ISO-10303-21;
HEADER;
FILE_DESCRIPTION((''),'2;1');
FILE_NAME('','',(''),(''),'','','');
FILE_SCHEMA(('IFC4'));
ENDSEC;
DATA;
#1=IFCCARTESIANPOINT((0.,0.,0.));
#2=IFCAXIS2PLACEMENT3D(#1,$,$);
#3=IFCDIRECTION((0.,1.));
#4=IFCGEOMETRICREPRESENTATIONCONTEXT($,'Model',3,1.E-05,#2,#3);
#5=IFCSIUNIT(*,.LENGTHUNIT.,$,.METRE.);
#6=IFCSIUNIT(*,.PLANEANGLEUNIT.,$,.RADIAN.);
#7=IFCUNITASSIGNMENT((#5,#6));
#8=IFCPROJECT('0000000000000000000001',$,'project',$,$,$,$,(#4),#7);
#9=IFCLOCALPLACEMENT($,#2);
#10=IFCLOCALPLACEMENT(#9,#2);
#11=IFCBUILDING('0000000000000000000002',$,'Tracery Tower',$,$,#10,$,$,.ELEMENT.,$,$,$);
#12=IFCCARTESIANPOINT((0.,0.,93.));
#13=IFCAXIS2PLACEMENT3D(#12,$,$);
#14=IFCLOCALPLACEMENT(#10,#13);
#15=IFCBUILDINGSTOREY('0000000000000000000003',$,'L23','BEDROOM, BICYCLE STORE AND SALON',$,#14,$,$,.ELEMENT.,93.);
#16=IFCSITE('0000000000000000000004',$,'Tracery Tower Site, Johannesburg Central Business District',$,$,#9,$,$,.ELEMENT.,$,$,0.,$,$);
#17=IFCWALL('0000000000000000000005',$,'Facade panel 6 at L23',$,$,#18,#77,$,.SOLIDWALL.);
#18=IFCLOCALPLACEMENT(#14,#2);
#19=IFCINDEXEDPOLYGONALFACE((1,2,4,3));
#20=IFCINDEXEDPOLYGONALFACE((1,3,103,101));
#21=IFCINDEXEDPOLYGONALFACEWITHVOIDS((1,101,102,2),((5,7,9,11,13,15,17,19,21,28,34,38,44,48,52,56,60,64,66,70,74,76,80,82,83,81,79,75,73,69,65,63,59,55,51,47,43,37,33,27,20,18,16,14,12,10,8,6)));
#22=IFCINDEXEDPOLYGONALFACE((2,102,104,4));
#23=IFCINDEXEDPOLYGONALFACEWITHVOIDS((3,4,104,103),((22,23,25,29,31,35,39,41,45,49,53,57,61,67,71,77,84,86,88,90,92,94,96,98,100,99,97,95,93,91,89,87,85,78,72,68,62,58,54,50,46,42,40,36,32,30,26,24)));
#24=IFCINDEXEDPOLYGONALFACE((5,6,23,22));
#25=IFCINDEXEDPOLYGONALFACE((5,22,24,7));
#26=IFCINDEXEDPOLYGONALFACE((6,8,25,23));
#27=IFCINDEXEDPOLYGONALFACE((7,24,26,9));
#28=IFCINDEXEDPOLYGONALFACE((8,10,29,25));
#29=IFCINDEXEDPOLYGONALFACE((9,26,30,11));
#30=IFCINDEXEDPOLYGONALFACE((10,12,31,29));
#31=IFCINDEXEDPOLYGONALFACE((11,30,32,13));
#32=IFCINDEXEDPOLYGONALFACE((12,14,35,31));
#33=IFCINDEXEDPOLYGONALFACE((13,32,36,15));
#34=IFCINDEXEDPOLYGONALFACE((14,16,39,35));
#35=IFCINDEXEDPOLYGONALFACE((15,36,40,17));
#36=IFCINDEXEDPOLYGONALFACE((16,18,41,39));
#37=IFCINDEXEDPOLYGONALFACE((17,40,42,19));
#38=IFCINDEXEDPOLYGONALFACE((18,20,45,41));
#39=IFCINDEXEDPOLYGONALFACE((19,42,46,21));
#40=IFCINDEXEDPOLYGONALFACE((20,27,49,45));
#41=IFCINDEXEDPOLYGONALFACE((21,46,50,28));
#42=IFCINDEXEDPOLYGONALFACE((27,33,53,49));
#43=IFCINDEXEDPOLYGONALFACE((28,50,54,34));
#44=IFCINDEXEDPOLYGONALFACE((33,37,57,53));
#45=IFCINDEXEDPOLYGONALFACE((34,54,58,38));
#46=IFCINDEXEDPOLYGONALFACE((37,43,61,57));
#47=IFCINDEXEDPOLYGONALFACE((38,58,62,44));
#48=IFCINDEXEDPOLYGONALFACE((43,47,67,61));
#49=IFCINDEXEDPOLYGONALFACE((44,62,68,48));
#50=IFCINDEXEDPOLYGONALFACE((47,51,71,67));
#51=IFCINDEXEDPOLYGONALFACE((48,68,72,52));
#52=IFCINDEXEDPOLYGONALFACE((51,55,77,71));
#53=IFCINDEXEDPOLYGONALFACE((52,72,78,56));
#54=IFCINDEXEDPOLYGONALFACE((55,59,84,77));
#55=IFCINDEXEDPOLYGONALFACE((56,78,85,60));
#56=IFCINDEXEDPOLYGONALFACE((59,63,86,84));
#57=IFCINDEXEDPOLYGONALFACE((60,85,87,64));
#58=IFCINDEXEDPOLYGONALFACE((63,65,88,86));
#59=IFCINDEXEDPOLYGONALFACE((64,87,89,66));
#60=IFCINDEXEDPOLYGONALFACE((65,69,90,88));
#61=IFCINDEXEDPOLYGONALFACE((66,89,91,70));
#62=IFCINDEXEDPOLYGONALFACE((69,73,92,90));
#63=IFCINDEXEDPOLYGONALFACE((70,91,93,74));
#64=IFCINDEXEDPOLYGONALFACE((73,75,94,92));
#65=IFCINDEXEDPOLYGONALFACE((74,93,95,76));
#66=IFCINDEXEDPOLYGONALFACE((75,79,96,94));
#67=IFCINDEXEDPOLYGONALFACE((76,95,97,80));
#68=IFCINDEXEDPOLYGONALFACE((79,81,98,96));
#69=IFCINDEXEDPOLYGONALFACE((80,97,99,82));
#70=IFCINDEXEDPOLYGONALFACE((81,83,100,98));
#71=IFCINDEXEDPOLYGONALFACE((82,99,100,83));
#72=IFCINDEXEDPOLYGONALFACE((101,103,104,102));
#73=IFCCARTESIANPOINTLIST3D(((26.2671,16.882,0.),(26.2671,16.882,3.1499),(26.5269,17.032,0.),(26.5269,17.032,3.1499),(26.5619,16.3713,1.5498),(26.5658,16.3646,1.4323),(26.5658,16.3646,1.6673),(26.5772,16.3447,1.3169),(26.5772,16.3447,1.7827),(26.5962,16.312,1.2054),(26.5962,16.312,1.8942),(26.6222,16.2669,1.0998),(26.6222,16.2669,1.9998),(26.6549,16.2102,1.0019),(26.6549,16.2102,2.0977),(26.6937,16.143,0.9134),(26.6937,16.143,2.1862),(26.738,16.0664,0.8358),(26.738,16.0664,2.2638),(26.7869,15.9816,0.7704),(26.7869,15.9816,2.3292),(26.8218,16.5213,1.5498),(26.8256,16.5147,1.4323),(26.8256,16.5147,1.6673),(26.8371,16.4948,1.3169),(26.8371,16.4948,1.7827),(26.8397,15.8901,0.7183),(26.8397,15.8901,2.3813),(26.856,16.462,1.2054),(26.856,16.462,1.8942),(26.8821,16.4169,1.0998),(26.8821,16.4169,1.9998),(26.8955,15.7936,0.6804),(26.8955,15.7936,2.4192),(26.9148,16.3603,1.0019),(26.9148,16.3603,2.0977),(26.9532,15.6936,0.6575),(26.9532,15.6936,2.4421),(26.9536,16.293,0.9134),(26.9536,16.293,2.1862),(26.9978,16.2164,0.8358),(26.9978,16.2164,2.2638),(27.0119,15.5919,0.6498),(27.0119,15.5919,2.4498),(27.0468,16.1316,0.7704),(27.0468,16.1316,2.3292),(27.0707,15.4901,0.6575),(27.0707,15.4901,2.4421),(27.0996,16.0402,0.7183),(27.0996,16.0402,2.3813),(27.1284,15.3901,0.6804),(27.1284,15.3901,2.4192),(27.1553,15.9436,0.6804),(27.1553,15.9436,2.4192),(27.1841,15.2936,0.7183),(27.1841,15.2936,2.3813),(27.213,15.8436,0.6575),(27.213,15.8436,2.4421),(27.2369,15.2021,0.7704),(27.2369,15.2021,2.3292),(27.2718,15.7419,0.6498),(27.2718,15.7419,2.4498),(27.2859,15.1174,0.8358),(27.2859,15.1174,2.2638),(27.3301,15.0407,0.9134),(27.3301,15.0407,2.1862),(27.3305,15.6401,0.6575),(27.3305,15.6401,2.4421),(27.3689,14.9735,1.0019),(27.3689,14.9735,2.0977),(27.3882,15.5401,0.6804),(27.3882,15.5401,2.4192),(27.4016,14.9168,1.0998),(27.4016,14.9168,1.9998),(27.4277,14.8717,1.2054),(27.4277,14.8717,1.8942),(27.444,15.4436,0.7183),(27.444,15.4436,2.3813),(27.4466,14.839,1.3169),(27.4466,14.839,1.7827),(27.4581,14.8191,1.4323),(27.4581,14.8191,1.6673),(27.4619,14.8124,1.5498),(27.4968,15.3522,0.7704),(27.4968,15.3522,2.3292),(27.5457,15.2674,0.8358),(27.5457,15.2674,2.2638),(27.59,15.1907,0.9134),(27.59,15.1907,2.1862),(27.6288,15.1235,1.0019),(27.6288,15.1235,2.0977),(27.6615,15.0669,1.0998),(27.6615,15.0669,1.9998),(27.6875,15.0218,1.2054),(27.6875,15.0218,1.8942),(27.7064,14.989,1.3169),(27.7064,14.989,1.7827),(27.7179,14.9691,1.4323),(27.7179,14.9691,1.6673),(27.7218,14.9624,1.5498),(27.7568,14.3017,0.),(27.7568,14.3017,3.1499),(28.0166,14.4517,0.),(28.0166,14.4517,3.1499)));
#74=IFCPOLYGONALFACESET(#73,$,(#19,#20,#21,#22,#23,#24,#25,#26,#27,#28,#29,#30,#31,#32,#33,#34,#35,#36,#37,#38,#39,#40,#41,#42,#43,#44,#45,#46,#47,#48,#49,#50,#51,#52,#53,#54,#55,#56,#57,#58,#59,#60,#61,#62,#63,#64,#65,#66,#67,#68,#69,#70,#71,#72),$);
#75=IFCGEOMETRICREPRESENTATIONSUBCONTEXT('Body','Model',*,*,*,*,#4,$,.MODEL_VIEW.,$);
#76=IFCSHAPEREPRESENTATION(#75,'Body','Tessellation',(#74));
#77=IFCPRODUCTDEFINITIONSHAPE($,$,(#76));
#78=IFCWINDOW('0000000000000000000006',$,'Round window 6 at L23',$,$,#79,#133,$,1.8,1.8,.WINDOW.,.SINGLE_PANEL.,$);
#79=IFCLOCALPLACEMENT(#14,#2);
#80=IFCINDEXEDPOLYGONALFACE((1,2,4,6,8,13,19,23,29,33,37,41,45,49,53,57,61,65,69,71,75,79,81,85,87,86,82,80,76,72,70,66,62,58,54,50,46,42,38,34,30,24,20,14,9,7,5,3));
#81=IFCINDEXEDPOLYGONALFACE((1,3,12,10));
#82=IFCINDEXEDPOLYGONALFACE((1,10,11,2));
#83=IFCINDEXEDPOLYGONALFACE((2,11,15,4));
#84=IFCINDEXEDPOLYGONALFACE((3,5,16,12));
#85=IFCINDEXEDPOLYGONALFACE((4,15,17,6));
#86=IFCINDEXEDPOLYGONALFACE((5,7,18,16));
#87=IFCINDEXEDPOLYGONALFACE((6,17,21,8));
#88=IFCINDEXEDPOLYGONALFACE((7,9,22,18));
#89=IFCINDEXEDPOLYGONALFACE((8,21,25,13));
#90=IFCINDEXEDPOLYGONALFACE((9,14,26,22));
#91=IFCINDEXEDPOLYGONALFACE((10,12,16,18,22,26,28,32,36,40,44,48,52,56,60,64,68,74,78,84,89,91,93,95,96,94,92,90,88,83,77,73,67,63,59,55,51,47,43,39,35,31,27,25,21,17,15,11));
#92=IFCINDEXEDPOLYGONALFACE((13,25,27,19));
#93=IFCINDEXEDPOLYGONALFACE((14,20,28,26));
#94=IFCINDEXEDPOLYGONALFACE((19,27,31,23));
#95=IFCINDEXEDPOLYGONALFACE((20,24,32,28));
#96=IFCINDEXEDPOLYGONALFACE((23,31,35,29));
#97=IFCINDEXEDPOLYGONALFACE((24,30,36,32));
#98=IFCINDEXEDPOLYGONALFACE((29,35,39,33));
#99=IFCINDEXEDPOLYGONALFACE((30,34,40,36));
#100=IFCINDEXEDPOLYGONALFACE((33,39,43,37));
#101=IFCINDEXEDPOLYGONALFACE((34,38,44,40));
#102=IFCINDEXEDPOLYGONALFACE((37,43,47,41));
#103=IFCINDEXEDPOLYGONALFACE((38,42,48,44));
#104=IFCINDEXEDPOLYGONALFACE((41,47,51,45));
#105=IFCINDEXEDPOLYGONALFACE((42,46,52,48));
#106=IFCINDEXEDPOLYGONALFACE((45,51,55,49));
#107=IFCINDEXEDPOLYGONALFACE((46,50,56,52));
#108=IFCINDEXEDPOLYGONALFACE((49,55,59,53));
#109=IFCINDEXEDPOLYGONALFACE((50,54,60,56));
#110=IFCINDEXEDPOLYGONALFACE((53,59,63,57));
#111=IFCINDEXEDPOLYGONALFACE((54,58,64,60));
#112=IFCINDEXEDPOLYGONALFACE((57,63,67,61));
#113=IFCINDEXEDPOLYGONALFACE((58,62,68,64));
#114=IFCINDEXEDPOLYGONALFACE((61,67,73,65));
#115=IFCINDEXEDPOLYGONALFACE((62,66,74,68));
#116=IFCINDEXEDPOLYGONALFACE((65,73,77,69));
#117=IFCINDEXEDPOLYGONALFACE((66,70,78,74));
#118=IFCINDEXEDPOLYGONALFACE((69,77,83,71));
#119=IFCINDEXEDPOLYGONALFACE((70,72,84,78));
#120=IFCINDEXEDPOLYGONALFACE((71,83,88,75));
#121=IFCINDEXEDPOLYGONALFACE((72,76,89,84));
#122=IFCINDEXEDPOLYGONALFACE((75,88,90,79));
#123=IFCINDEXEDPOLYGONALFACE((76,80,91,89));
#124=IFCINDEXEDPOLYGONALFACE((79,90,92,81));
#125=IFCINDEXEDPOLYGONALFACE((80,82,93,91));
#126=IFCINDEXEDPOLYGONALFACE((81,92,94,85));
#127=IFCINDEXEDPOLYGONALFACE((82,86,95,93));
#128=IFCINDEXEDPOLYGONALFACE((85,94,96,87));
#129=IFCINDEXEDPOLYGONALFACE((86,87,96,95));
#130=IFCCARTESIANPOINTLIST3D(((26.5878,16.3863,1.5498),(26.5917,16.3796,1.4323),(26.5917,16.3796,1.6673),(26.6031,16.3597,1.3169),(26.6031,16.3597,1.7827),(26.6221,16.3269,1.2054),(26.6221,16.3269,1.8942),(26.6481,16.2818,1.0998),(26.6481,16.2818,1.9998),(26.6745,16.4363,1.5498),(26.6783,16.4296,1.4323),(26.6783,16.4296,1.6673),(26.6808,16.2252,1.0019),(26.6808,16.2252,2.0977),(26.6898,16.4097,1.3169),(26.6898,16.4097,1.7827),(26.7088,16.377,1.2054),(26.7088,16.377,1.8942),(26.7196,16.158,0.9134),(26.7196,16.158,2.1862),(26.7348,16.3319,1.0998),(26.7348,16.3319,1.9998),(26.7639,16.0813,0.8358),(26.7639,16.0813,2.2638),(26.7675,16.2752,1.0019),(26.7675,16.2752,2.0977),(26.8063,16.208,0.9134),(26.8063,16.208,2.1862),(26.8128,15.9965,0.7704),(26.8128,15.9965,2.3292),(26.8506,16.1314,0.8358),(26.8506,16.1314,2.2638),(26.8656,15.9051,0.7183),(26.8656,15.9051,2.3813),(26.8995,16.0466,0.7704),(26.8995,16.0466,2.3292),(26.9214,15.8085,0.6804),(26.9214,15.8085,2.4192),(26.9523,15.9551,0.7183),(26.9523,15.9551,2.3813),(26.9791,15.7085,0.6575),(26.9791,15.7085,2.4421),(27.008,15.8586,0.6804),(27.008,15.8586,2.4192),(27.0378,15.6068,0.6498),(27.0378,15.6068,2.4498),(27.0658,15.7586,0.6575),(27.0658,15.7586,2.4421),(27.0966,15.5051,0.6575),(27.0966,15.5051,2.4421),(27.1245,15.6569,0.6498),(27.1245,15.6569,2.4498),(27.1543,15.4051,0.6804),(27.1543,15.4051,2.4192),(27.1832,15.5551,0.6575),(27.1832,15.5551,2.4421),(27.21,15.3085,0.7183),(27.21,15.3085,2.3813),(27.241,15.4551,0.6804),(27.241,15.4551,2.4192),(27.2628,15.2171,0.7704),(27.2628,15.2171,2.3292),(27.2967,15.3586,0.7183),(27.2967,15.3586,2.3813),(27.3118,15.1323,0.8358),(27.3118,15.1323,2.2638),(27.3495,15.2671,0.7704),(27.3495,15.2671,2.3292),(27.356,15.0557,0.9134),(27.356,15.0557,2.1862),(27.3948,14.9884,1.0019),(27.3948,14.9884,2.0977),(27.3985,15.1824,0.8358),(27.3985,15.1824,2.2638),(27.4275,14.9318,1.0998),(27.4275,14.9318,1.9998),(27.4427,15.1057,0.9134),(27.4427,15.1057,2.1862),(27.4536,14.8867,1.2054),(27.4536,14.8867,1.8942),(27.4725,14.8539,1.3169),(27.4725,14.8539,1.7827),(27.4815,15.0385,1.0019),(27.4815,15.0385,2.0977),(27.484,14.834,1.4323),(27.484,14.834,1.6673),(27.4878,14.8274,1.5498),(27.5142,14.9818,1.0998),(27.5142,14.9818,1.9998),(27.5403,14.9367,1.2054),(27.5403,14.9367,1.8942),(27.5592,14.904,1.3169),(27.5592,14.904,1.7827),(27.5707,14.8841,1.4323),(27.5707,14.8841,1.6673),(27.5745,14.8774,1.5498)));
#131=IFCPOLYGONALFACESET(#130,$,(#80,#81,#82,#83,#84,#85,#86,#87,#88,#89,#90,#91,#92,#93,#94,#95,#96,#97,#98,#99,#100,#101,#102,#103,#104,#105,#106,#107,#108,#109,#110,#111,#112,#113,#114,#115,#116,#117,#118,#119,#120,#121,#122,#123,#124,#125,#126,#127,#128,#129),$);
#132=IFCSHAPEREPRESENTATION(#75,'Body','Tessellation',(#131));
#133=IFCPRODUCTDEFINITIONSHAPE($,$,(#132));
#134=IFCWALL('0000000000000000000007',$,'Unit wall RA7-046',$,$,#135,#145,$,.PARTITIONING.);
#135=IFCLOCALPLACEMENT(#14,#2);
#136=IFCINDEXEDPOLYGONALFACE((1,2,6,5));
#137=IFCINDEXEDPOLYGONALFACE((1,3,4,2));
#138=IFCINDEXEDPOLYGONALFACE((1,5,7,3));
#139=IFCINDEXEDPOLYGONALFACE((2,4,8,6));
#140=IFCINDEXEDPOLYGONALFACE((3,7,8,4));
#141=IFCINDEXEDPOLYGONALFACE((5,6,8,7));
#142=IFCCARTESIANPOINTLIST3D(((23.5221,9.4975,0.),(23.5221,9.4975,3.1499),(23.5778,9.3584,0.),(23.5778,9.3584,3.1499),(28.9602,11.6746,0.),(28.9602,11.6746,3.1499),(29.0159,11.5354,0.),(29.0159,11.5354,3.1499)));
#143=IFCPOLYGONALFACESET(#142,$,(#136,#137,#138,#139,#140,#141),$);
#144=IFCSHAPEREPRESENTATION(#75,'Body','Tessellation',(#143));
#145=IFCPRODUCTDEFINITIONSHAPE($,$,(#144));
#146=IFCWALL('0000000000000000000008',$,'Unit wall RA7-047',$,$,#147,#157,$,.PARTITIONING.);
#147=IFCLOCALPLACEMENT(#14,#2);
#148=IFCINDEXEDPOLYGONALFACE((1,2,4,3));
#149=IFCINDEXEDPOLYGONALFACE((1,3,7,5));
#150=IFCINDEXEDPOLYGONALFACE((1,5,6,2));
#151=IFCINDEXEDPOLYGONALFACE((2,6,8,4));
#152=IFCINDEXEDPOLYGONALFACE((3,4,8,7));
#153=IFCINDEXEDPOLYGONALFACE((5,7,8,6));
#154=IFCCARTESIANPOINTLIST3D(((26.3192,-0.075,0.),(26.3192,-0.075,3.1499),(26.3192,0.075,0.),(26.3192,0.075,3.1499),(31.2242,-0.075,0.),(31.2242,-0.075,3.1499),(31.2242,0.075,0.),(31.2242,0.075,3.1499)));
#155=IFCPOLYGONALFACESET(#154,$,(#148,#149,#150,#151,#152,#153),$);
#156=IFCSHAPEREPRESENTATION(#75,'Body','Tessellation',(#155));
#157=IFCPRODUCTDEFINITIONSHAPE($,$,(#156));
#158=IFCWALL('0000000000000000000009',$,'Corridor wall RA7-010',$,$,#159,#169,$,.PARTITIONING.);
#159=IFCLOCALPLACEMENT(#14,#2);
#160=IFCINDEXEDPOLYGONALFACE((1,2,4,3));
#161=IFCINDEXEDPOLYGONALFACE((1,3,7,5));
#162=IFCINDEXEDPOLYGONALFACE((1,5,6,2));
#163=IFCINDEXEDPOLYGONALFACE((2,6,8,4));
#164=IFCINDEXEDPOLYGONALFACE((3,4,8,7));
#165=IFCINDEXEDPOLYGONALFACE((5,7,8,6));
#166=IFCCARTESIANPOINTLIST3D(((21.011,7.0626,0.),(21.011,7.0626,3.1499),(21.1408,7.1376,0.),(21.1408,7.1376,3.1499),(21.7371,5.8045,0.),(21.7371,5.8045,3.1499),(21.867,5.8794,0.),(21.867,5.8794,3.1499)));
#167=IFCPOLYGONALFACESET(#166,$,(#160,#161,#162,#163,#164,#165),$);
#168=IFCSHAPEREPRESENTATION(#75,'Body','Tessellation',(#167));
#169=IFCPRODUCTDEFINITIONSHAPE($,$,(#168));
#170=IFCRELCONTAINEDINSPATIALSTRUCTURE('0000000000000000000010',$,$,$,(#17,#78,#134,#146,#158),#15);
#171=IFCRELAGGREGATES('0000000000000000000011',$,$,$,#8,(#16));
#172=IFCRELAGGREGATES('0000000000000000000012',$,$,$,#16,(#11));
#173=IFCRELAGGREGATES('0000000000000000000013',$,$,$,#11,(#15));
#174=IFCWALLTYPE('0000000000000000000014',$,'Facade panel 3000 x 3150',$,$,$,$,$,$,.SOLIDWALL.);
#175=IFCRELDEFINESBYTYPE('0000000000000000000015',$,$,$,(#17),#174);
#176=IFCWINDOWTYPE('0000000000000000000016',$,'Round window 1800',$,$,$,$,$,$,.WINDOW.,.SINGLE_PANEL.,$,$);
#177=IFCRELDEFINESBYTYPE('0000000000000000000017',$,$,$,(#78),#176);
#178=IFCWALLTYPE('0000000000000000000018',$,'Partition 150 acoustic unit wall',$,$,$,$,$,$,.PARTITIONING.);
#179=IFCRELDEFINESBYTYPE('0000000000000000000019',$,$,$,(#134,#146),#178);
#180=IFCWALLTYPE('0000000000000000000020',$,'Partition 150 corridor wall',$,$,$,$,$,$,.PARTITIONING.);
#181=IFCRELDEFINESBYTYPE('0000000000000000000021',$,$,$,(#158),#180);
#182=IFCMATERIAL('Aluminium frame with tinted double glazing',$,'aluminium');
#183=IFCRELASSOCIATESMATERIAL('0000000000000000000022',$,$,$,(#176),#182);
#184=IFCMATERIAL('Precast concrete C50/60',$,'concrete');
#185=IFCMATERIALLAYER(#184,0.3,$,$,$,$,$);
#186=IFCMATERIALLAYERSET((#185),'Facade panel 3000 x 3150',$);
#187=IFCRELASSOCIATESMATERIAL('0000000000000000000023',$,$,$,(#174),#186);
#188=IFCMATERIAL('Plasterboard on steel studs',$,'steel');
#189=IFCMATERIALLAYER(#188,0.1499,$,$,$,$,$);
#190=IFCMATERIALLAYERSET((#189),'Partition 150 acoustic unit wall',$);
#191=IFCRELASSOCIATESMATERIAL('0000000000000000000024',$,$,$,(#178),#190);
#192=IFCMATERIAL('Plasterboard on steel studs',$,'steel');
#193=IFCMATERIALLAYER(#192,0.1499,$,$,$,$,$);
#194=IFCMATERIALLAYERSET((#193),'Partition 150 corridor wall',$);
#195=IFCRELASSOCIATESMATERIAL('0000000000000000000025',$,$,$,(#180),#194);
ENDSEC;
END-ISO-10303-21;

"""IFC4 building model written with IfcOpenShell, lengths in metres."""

from ifc_helpers import new_model, si_unit, direction, frame, frame_2d, origin, origin_2d, place, context, subcontext, project, spatial, rectangle, circle, extrude, material, layer, layer_set, type_object, element, fill, save


model = new_model("IFC4")

# Units and contexts
model_context = context("Model", 3, precision=1e-05, world=origin(), true_north=direction((0.0, 1.0)))
body_context = subcontext(model_context, "Body", "Model", "MODEL_VIEW")
ifc_project = project(units=[si_unit("LENGTHUNIT", "METRE"), si_unit("PLANEANGLEUNIT", "RADIAN")], contexts=[model_context])

# Site, building, storey
site_placement = place(None, origin())
site = spatial("IfcSite", under=ifc_project, at=site_placement, Name="Tracery Tower Site, Johannesburg Central Business District", CompositionType="ELEMENT", RefElevation=0.0)
building_placement = place(site_placement, origin())
building = spatial("IfcBuilding", under=site, at=building_placement, Name="Tracery Tower", CompositionType="ELEMENT")
storey_placement = place(building_placement, frame((0.0, 0.0, 93.0)))
storey = spatial("IfcBuildingStorey", under=building, at=storey_placement, Name="L23", Description="BEDROOM, BICYCLE STORE AND SALON", CompositionType="ELEMENT", Elevation=93.0)

# Wall, opening, window
ifc_material_1 = material(Name="Aluminium frame with tinted double glazing", Category="aluminium")
window_type = type_object("IfcWindowType", Name="Round window 1800", PartitioningType="SINGLE_PANEL", PredefinedType="WINDOW", material=ifc_material_1)
ifc_material_2 = material(Name="Precast concrete C50/60", Category="concrete")
ifc_layer_1 = layer(ifc_material_2, 0.3)
ifc_layer_set_1 = layer_set([ifc_layer_1], Name="Facade panel 3000 x 3150")
wall_type_1 = type_object("IfcWallType", Name="Facade panel 3000 x 3150", PredefinedType="SOLIDWALL", material=ifc_layer_set_1)
wall_1_placement = place(storey_placement, frame((27.8867, 14.3767, 0.0), z_axis=(0.0, 0.0, 1.0), x_axis=(-0.499999, 0.866026, 0.0)))
wall_1 = element("IfcWall", 1, at=wall_1_placement, inside=storey, type_object=wall_type_1, Name="Facade panel 6 at L23", PredefinedType="SOLIDWALL", context=body_context, shape_type="SweptSolid", body=[
    extrude(rectangle(XDim=2.9795, YDim=0.3, at=frame_2d((1.4897, 0.0))), origin(), (0.0, 0.0, 1.0), 3.1499),
])
opening_1_placement = place(wall_1_placement, frame((1.4897, 0.0, 1.5498)))
opening_1 = element("IfcOpeningElement", 2, at=opening_1_placement, cuts=wall_1, PredefinedType="OPENING", context=body_context, shape_type="SweptSolid", body=[
    extrude(circle(Radius=0.9, at=origin_2d()), frame((0.0, 0.1599, 0.0), z_axis=(0.0, -1.0, 0.0), x_axis=(1.0, 0.0, 0.0)), (0.0, 0.0, 1.0), 0.3201),
])
window_1_placement = place(opening_1_placement, origin())
window_1 = element("IfcWindow", 3, at=window_1_placement, inside=storey, type_object=window_type, Name="Round window 6 at L23", OverallHeight=1.8, OverallWidth=1.8, PartitioningType="SINGLE_PANEL", PredefinedType="WINDOW", context=body_context, shape_type="SweptSolid", body=[
    extrude(circle(Radius=0.9, at=origin_2d()), frame((0.0, 0.1201, 0.0), z_axis=(0.0, -1.0, 0.0), x_axis=(1.0, 0.0, 0.0)), (0.0, 0.0, 1.0), 0.1001),
])
fill(opening_1, window_1)

# Walls
ifc_material_3 = material(Name="Plasterboard on steel studs", Category="steel")
ifc_layer_2 = layer(ifc_material_3, 0.1499)
ifc_layer_set_2 = layer_set([ifc_layer_2], Name="Partition 150 acoustic unit wall")
wall_type_2 = type_object("IfcWallType", Name="Partition 150 acoustic unit wall", PredefinedType="PARTITIONING", material=ifc_layer_set_2)
wall_2_placement = place(storey_placement, frame((23.55, 9.428, 0.0), z_axis=(0.0, 0.0, 1.0), x_axis=(0.92837, 0.371657, 0.0)))
element("IfcWall", 4, at=wall_2_placement, inside=storey, type_object=wall_type_2, Name="Unit wall RA7-046", PredefinedType="PARTITIONING", context=body_context, shape_type="SweptSolid", body=[
    extrude(rectangle(XDim=5.8577, YDim=0.1499, at=frame_2d((2.9287, 0.0))), origin(), (0.0, 0.0, 1.0), 3.1499),
])
wall_3_placement = place(storey_placement, frame((26.3191, 0.0, 0.0), z_axis=(0.0, 0.0, 1.0), x_axis=(1.0, 0.0, 0.0)))
element("IfcWall", 5, at=wall_3_placement, inside=storey, type_object=wall_type_2, Name="Unit wall RA7-047", PredefinedType="PARTITIONING", context=body_context, shape_type="SweptSolid", body=[
    extrude(rectangle(XDim=4.905, YDim=0.1499, at=frame_2d((2.4526, 0.0))), origin(), (0.0, 0.0, 1.0), 3.1499),
])
ifc_material_4 = material(Name="Plasterboard on steel studs", Category="steel")
ifc_layer_3 = layer(ifc_material_4, 0.1499)
ifc_layer_set_3 = layer_set([ifc_layer_3], Name="Partition 150 corridor wall")
wall_type_3 = type_object("IfcWallType", Name="Partition 150 corridor wall", PredefinedType="PARTITIONING", material=ifc_layer_set_3)
wall_4_placement = place(storey_placement, frame((21.0759, 7.1001, 0.0), z_axis=(0.0, 0.0, 1.0), x_axis=(0.499863, -0.866104, 0.0)))
element("IfcWall", 6, at=wall_4_placement, inside=storey, type_object=wall_type_3, Name="Corridor wall RA7-010", PredefinedType="PARTITIONING", context=body_context, shape_type="SweptSolid", body=[
    extrude(rectangle(XDim=1.4526, YDim=0.1499, at=frame_2d((0.7263, 0.0))), origin(), (0.0, 0.0, 1.0), 3.1499),
])

save(model, "model.ifc")
